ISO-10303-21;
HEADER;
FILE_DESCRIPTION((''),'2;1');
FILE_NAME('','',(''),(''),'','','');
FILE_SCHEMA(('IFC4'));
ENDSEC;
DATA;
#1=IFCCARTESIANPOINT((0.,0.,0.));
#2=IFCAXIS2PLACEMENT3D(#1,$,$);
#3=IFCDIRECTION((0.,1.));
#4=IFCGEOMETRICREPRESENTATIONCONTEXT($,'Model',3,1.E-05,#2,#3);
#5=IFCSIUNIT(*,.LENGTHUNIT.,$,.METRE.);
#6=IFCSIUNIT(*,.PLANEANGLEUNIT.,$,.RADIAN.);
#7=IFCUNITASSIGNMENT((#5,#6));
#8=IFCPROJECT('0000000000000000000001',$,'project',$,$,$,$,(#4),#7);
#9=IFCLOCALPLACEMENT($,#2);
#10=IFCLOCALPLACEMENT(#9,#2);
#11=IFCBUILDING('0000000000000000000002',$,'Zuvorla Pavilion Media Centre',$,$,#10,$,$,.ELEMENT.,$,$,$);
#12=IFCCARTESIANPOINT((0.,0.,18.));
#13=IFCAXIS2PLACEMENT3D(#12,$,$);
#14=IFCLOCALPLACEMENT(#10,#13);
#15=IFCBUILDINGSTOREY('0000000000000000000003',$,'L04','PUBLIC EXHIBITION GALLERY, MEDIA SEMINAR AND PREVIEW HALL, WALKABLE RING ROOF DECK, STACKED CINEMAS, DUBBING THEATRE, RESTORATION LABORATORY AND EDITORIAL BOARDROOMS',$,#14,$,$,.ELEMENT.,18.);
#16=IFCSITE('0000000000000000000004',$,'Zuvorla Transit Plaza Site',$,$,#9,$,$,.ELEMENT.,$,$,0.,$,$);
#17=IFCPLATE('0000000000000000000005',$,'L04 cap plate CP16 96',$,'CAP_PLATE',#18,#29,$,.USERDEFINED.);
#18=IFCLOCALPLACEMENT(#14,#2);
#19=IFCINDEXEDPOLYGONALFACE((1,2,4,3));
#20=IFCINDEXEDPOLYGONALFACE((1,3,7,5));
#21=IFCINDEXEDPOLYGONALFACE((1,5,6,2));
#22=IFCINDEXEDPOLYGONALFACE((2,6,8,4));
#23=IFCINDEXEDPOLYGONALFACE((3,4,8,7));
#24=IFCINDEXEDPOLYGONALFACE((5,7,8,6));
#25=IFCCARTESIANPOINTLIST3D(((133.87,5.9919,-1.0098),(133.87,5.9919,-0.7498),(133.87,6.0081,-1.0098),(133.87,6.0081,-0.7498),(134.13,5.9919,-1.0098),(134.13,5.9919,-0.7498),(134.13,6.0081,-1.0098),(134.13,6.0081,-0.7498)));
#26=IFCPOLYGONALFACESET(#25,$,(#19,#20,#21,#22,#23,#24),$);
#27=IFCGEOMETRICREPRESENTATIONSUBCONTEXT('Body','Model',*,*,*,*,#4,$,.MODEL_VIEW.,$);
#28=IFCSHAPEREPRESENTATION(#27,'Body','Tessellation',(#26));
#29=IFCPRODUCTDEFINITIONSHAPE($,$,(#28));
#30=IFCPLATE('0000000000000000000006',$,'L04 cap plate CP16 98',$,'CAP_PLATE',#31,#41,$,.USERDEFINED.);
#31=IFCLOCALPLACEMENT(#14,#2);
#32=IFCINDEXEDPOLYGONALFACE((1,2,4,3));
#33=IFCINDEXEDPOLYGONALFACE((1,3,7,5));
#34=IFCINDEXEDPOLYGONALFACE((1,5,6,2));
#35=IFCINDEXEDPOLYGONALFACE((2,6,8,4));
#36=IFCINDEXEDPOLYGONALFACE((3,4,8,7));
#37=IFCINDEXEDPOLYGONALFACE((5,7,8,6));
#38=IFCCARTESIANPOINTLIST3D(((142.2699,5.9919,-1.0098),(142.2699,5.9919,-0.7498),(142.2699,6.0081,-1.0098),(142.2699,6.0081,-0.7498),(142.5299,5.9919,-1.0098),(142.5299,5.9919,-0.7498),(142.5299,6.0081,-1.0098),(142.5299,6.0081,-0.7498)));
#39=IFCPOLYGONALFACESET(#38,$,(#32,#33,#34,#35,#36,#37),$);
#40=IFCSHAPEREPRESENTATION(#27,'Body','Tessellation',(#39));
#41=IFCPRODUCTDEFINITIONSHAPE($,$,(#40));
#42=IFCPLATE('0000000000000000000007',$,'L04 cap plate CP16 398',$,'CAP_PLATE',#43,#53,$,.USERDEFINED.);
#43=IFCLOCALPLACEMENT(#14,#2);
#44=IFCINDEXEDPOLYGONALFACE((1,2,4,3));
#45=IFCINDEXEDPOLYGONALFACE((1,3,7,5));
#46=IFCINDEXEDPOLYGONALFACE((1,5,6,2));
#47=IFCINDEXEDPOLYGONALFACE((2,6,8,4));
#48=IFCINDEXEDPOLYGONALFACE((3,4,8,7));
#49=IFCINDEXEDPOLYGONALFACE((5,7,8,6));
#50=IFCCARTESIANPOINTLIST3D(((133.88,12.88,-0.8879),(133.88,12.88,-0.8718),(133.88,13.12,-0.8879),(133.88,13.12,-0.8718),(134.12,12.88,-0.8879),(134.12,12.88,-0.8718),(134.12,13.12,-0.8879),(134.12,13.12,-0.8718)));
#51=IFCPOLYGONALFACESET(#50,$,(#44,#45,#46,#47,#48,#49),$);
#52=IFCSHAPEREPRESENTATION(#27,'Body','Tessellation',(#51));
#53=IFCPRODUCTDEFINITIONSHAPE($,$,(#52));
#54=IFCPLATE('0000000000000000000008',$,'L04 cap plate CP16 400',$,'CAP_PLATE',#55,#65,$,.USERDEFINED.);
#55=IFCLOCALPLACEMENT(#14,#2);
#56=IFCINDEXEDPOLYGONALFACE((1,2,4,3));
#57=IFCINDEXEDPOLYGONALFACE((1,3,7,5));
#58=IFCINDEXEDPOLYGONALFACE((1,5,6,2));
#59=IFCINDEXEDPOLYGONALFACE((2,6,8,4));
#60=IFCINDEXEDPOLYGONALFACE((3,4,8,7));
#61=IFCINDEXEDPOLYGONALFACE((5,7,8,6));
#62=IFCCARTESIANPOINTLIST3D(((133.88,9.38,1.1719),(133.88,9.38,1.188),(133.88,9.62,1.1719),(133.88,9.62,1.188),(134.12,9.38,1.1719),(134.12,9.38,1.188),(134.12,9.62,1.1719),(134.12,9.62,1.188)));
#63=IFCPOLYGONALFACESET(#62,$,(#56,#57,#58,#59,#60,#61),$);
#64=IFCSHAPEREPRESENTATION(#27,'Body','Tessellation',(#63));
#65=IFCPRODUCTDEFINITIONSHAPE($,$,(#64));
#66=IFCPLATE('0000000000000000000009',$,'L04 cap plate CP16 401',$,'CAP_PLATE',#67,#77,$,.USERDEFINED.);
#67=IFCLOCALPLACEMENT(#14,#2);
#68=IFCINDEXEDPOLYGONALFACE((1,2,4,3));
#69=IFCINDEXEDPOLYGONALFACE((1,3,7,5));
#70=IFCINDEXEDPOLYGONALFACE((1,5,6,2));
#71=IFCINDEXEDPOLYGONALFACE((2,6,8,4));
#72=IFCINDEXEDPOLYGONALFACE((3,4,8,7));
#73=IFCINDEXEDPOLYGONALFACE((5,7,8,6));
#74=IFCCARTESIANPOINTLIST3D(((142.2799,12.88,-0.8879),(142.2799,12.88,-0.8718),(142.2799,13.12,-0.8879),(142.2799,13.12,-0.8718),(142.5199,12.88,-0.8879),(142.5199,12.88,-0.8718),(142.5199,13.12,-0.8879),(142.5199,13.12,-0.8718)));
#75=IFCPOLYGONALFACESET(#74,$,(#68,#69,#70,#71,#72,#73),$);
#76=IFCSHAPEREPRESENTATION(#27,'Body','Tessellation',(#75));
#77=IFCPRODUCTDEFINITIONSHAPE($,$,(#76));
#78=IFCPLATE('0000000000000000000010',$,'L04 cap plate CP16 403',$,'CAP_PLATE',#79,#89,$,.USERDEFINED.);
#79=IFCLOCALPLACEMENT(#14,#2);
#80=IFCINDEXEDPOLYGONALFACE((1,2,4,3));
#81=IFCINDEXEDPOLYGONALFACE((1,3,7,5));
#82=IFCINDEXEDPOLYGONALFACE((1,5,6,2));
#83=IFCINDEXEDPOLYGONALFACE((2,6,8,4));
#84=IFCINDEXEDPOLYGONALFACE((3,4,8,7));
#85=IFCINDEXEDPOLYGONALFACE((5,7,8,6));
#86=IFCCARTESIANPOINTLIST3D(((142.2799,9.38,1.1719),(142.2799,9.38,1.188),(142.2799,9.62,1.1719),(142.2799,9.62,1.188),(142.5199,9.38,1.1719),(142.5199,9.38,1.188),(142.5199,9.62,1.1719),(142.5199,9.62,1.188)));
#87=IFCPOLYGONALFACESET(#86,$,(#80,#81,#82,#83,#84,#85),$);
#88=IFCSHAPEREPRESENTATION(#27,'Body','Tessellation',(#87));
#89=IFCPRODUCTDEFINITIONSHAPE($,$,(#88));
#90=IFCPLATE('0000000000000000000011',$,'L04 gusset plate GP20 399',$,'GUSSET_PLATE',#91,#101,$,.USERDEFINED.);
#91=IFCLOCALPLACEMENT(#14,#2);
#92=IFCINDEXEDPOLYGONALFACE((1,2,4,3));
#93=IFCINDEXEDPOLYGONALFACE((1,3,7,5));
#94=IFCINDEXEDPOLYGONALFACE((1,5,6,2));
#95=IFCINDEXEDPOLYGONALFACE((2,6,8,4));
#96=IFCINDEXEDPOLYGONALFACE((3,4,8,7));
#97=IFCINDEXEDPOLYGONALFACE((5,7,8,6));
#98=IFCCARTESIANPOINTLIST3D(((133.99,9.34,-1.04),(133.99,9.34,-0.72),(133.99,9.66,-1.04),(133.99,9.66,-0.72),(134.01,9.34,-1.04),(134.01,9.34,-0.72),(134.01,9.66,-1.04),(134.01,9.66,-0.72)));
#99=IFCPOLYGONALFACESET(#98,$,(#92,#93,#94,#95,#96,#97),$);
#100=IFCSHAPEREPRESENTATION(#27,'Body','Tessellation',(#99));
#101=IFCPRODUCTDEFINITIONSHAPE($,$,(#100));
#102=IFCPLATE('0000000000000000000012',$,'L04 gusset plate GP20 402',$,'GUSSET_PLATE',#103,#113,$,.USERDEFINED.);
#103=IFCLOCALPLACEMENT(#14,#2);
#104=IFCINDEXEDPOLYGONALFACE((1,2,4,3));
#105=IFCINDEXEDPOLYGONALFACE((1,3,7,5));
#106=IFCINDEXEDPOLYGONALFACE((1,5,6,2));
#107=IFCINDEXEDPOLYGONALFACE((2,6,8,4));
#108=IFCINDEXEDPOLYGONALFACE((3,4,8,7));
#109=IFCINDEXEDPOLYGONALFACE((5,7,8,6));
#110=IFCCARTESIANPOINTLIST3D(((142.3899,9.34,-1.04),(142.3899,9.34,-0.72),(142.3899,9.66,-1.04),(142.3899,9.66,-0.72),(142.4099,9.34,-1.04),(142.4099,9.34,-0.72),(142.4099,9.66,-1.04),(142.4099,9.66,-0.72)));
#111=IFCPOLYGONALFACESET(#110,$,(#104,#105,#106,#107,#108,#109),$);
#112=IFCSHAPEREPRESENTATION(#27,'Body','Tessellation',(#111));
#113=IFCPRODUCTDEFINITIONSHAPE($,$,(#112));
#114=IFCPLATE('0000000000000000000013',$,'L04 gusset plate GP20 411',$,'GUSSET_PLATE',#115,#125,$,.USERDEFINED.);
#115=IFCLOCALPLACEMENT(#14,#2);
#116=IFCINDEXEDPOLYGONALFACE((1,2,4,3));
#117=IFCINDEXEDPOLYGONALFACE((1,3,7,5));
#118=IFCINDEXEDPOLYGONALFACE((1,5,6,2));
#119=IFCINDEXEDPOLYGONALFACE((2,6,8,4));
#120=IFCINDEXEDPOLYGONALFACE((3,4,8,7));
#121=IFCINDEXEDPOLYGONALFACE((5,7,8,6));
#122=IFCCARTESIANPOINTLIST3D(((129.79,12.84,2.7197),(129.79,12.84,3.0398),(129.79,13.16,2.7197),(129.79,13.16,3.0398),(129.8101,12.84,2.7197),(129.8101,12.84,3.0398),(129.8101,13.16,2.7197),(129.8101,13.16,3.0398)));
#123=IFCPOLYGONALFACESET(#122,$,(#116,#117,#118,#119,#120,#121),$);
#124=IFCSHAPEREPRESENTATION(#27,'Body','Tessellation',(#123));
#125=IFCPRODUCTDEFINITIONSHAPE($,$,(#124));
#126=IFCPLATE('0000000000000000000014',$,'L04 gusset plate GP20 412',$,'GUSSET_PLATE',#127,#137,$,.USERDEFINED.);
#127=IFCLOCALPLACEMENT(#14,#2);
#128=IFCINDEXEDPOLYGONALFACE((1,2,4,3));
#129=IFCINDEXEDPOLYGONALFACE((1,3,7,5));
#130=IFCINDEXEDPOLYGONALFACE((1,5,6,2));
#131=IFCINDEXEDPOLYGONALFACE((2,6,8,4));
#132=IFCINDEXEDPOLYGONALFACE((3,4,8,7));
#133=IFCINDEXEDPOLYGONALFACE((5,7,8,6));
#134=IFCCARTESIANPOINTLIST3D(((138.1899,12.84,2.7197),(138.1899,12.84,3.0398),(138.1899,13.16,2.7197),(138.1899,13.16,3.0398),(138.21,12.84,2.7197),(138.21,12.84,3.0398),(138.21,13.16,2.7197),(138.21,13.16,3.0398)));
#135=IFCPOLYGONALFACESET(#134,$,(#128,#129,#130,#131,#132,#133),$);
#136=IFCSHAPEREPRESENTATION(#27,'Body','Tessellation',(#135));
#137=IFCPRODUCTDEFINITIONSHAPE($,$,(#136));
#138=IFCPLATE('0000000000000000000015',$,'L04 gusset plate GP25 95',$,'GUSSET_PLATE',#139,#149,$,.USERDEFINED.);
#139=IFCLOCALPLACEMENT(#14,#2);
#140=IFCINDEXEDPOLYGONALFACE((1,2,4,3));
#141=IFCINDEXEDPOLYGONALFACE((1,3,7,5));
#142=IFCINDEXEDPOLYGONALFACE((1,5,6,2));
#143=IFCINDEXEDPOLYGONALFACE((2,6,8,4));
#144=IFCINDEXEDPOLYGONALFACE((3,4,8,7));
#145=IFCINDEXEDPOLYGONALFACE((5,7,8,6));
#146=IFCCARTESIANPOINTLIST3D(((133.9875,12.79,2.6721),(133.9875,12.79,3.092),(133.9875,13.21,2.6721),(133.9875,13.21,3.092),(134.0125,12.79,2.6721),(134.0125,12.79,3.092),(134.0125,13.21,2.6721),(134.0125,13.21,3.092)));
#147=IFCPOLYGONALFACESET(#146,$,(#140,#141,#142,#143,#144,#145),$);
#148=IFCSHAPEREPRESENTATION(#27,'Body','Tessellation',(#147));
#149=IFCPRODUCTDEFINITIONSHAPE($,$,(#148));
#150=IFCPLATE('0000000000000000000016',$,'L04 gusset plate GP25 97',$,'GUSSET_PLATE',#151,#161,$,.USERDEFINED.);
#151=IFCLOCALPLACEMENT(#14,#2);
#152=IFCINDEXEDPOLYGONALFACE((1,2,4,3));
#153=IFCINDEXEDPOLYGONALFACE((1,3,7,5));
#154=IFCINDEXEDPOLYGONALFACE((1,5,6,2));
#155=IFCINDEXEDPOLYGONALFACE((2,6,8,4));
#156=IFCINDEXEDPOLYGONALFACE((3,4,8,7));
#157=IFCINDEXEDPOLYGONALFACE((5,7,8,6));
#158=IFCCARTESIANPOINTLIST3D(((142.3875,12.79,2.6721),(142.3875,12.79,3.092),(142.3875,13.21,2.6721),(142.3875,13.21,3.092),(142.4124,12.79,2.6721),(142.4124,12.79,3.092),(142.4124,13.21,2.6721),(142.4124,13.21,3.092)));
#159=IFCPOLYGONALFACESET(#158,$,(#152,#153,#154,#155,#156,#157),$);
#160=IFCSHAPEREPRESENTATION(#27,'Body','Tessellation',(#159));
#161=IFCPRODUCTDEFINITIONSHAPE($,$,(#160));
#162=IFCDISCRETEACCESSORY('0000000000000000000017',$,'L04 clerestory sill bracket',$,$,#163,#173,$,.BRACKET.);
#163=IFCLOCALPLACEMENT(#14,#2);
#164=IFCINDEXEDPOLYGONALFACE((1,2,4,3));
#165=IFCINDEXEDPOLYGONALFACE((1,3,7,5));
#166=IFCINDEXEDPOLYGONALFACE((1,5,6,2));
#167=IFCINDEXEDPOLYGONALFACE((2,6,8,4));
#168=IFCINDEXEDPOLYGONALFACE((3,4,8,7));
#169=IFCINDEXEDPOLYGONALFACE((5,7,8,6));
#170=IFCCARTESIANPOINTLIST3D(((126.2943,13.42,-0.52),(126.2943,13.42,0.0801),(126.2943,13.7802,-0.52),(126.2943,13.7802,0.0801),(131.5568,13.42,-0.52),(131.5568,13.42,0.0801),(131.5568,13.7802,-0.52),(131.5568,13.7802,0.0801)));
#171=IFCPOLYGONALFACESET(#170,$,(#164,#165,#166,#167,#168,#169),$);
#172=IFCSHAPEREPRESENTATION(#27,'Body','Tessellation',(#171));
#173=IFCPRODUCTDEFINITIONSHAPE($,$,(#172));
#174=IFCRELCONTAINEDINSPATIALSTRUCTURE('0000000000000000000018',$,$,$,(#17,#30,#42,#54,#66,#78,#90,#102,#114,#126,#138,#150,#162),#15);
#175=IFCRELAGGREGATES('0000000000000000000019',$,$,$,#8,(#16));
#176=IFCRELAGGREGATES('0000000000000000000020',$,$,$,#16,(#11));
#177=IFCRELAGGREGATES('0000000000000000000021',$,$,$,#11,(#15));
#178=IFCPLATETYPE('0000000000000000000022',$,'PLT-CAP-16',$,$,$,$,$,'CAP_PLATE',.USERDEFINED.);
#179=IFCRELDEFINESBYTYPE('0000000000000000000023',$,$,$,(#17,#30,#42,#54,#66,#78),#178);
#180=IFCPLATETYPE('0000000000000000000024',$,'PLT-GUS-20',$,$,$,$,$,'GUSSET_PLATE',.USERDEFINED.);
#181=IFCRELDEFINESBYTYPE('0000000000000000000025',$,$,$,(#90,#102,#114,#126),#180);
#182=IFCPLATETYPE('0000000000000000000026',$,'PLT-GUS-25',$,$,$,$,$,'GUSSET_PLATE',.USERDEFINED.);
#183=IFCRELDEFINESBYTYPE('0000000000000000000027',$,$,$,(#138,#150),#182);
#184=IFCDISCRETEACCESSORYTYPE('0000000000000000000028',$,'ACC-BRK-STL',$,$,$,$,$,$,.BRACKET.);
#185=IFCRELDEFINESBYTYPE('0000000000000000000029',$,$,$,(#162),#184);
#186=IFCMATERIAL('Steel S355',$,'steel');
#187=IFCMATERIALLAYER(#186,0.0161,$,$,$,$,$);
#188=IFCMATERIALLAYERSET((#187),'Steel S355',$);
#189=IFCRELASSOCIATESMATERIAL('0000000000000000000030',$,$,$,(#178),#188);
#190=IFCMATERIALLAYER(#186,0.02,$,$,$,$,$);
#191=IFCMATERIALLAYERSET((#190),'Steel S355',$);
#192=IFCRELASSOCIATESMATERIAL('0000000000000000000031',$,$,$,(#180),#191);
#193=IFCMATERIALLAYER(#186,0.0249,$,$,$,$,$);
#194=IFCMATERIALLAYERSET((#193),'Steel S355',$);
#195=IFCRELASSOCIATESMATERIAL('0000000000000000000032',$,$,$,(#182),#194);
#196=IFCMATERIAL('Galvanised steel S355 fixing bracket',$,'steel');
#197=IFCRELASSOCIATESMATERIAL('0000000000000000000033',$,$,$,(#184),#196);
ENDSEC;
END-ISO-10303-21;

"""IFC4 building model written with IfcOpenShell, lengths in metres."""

from ifc_helpers import new_model, si_unit, direction, frame, origin, origin_2d, place, context, subcontext, project, spatial, rectangle, extrude, material, layer, layer_set, type_object, element, save


model = new_model("IFC4")

# Units and contexts
model_context = context("Model", 3, precision=1e-05, world=origin(), true_north=direction((0.0, 1.0)))
body_context = subcontext(model_context, "Body", "Model", "MODEL_VIEW")
ifc_project = project(units=[si_unit("LENGTHUNIT", "METRE"), si_unit("PLANEANGLEUNIT", "RADIAN")], contexts=[model_context])

# Site, building, storey
site_placement = place(None, origin())
site = spatial("IfcSite", under=ifc_project, at=site_placement, Name="Zuvorla Transit Plaza Site", CompositionType="ELEMENT", RefElevation=0.0)
building_placement = place(site_placement, origin())
building = spatial("IfcBuilding", under=site, at=building_placement, Name="Zuvorla Pavilion Media Centre", CompositionType="ELEMENT")
storey_placement = place(building_placement, frame((0.0, 0.0, 18.0)))
storey = spatial("IfcBuildingStorey", under=building, at=storey_placement, Name="L04", Description="PUBLIC EXHIBITION GALLERY, MEDIA SEMINAR AND PREVIEW HALL, WALKABLE RING ROOF DECK, STACKED CINEMAS, DUBBING THEATRE, RESTORATION LABORATORY AND EDITORIAL BOARDROOMS", CompositionType="ELEMENT", Elevation=18.0)

# Shared definitions
ifc_material_1 = material(Name="Steel S355", Category="steel")

# Plates
ifc_layer_1 = layer(ifc_material_1, 0.0161)
ifc_layer_set_1 = layer_set([ifc_layer_1], Name="Steel S355")
plate_type_1 = type_object("IfcPlateType", Name="PLT-CAP-16", ElementType="CAP_PLATE", PredefinedType="USERDEFINED", material=ifc_layer_set_1)
for number, where, z_axis, x_axis, name in (
    (1, (134.0, 6.0, -1.0098), (0.0, 0.0, 1.0), (1.0, 0.0, 0.0), "L04 cap plate CP16 96"),
    (2, (142.3999, 6.0, -1.0098), (0.0, 0.0, 1.0), (1.0, 0.0, 0.0), "L04 cap plate CP16 98"),
):
    element("IfcPlate", number, at=place(storey_placement, frame(where, z_axis=z_axis, x_axis=x_axis)), inside=storey, type_object=plate_type_1, Name=name, ObjectType="CAP_PLATE", PredefinedType="USERDEFINED", context=body_context, shape_type="SweptSolid", body=[
        extrude(rectangle(XDim=0.26, YDim=0.0161, at=origin_2d()), origin(), (0.0, 0.0, 1.0), 0.26),
    ])
for number, where, z_axis, x_axis, name in (
    (3, (134.0, 13.0, -0.8879), (0.0, 0.0, 1.0), (1.0, 0.0, 0.0), "L04 cap plate CP16 398"),
    (4, (134.0, 9.5, 1.1719), (0.0, 0.0, 1.0), (1.0, 0.0, 0.0), "L04 cap plate CP16 400"),
    (5, (142.3999, 13.0, -0.8879), (0.0, 0.0, 1.0), (1.0, 0.0, 0.0), "L04 cap plate CP16 401"),
    (6, (142.3999, 9.5, 1.1719), (0.0, 0.0, 1.0), (1.0, 0.0, 0.0), "L04 cap plate CP16 403"),
):
    element("IfcPlate", number, at=place(storey_placement, frame(where, z_axis=z_axis, x_axis=x_axis)), inside=storey, type_object=plate_type_1, Name=name, ObjectType="CAP_PLATE", PredefinedType="USERDEFINED", context=body_context, shape_type="SweptSolid", body=[
        extrude(rectangle(XDim=0.24, YDim=0.24, at=origin_2d()), origin(), (0.0, 0.0, 1.0), 0.0161),
    ])
ifc_layer_2 = layer(ifc_material_1, 0.02)
ifc_layer_set_2 = layer_set([ifc_layer_2], Name="Steel S355")
plate_type_2 = type_object("IfcPlateType", Name="PLT-GUS-20", ElementType="GUSSET_PLATE", PredefinedType="USERDEFINED", material=ifc_layer_set_2)
for number, where, z_axis, x_axis, name in (
    (7, (134.0, 9.5, -1.04), (0.0, 0.0, 1.0), (1.0, 0.0, 0.0), "L04 gusset plate GP20 399"),
    (8, (142.3999, 9.5, -1.04), (0.0, 0.0, 1.0), (1.0, 0.0, 0.0), "L04 gusset plate GP20 402"),
    (9, (129.8, 13.0, 2.7197), (0.0, 0.0, 1.0), (1.0, 0.0, 0.0), "L04 gusset plate GP20 411"),
    (10, (138.2, 13.0, 2.7197), (0.0, 0.0, 1.0), (1.0, 0.0, 0.0), "L04 gusset plate GP20 412"),
):
    element("IfcPlate", number, at=place(storey_placement, frame(where, z_axis=z_axis, x_axis=x_axis)), inside=storey, type_object=plate_type_2, Name=name, ObjectType="GUSSET_PLATE", PredefinedType="USERDEFINED", context=body_context, shape_type="SweptSolid", body=[
        extrude(rectangle(XDim=0.02, YDim=0.3201, at=origin_2d()), origin(), (0.0, 0.0, 1.0), 0.3201),
    ])
ifc_layer_3 = layer(ifc_material_1, 0.0249)
ifc_layer_set_3 = layer_set([ifc_layer_3], Name="Steel S355")
plate_type_3 = type_object("IfcPlateType", Name="PLT-GUS-25", ElementType="GUSSET_PLATE", PredefinedType="USERDEFINED", material=ifc_layer_set_3)
for number, where, z_axis, x_axis, name in (
    (11, (134.0, 13.0, 2.6721), (0.0, 0.0, 1.0), (1.0, 0.0, 0.0), "L04 gusset plate GP25 95"),
    (12, (142.3999, 13.0, 2.6721), (0.0, 0.0, 1.0), (1.0, 0.0, 0.0), "L04 gusset plate GP25 97"),
):
    element("IfcPlate", number, at=place(storey_placement, frame(where, z_axis=z_axis, x_axis=x_axis)), inside=storey, type_object=plate_type_3, Name=name, ObjectType="GUSSET_PLATE", PredefinedType="USERDEFINED", context=body_context, shape_type="SweptSolid", body=[
        extrude(rectangle(XDim=0.0249, YDim=0.4199, at=origin_2d()), origin(), (0.0, 0.0, 1.0), 0.4199),
    ])

# Discrete accessory
ifc_material_2 = material(Name="Galvanised steel S355 fixing bracket", Category="steel")
discrete_accessory_type = type_object("IfcDiscreteAccessoryType", Name="ACC-BRK-STL", PredefinedType="BRACKET", material=ifc_material_2)
discrete_accessory_placement = place(storey_placement, frame((128.9255, 13.6001, -0.52), z_axis=(0.0, 0.0, 1.0), x_axis=(1.0, 0.0, 0.0)))
element("IfcDiscreteAccessory", 13, at=discrete_accessory_placement, inside=storey, type_object=discrete_accessory_type, Name="L04 clerestory sill bracket", PredefinedType="BRACKET", context=body_context, shape_type="SweptSolid", body=[
    extrude(rectangle(XDim=5.2625, YDim=0.3601, at=origin_2d()), origin(), (0.0, 0.0, 1.0), 0.6001),
])

save(model, "model.ifc")
